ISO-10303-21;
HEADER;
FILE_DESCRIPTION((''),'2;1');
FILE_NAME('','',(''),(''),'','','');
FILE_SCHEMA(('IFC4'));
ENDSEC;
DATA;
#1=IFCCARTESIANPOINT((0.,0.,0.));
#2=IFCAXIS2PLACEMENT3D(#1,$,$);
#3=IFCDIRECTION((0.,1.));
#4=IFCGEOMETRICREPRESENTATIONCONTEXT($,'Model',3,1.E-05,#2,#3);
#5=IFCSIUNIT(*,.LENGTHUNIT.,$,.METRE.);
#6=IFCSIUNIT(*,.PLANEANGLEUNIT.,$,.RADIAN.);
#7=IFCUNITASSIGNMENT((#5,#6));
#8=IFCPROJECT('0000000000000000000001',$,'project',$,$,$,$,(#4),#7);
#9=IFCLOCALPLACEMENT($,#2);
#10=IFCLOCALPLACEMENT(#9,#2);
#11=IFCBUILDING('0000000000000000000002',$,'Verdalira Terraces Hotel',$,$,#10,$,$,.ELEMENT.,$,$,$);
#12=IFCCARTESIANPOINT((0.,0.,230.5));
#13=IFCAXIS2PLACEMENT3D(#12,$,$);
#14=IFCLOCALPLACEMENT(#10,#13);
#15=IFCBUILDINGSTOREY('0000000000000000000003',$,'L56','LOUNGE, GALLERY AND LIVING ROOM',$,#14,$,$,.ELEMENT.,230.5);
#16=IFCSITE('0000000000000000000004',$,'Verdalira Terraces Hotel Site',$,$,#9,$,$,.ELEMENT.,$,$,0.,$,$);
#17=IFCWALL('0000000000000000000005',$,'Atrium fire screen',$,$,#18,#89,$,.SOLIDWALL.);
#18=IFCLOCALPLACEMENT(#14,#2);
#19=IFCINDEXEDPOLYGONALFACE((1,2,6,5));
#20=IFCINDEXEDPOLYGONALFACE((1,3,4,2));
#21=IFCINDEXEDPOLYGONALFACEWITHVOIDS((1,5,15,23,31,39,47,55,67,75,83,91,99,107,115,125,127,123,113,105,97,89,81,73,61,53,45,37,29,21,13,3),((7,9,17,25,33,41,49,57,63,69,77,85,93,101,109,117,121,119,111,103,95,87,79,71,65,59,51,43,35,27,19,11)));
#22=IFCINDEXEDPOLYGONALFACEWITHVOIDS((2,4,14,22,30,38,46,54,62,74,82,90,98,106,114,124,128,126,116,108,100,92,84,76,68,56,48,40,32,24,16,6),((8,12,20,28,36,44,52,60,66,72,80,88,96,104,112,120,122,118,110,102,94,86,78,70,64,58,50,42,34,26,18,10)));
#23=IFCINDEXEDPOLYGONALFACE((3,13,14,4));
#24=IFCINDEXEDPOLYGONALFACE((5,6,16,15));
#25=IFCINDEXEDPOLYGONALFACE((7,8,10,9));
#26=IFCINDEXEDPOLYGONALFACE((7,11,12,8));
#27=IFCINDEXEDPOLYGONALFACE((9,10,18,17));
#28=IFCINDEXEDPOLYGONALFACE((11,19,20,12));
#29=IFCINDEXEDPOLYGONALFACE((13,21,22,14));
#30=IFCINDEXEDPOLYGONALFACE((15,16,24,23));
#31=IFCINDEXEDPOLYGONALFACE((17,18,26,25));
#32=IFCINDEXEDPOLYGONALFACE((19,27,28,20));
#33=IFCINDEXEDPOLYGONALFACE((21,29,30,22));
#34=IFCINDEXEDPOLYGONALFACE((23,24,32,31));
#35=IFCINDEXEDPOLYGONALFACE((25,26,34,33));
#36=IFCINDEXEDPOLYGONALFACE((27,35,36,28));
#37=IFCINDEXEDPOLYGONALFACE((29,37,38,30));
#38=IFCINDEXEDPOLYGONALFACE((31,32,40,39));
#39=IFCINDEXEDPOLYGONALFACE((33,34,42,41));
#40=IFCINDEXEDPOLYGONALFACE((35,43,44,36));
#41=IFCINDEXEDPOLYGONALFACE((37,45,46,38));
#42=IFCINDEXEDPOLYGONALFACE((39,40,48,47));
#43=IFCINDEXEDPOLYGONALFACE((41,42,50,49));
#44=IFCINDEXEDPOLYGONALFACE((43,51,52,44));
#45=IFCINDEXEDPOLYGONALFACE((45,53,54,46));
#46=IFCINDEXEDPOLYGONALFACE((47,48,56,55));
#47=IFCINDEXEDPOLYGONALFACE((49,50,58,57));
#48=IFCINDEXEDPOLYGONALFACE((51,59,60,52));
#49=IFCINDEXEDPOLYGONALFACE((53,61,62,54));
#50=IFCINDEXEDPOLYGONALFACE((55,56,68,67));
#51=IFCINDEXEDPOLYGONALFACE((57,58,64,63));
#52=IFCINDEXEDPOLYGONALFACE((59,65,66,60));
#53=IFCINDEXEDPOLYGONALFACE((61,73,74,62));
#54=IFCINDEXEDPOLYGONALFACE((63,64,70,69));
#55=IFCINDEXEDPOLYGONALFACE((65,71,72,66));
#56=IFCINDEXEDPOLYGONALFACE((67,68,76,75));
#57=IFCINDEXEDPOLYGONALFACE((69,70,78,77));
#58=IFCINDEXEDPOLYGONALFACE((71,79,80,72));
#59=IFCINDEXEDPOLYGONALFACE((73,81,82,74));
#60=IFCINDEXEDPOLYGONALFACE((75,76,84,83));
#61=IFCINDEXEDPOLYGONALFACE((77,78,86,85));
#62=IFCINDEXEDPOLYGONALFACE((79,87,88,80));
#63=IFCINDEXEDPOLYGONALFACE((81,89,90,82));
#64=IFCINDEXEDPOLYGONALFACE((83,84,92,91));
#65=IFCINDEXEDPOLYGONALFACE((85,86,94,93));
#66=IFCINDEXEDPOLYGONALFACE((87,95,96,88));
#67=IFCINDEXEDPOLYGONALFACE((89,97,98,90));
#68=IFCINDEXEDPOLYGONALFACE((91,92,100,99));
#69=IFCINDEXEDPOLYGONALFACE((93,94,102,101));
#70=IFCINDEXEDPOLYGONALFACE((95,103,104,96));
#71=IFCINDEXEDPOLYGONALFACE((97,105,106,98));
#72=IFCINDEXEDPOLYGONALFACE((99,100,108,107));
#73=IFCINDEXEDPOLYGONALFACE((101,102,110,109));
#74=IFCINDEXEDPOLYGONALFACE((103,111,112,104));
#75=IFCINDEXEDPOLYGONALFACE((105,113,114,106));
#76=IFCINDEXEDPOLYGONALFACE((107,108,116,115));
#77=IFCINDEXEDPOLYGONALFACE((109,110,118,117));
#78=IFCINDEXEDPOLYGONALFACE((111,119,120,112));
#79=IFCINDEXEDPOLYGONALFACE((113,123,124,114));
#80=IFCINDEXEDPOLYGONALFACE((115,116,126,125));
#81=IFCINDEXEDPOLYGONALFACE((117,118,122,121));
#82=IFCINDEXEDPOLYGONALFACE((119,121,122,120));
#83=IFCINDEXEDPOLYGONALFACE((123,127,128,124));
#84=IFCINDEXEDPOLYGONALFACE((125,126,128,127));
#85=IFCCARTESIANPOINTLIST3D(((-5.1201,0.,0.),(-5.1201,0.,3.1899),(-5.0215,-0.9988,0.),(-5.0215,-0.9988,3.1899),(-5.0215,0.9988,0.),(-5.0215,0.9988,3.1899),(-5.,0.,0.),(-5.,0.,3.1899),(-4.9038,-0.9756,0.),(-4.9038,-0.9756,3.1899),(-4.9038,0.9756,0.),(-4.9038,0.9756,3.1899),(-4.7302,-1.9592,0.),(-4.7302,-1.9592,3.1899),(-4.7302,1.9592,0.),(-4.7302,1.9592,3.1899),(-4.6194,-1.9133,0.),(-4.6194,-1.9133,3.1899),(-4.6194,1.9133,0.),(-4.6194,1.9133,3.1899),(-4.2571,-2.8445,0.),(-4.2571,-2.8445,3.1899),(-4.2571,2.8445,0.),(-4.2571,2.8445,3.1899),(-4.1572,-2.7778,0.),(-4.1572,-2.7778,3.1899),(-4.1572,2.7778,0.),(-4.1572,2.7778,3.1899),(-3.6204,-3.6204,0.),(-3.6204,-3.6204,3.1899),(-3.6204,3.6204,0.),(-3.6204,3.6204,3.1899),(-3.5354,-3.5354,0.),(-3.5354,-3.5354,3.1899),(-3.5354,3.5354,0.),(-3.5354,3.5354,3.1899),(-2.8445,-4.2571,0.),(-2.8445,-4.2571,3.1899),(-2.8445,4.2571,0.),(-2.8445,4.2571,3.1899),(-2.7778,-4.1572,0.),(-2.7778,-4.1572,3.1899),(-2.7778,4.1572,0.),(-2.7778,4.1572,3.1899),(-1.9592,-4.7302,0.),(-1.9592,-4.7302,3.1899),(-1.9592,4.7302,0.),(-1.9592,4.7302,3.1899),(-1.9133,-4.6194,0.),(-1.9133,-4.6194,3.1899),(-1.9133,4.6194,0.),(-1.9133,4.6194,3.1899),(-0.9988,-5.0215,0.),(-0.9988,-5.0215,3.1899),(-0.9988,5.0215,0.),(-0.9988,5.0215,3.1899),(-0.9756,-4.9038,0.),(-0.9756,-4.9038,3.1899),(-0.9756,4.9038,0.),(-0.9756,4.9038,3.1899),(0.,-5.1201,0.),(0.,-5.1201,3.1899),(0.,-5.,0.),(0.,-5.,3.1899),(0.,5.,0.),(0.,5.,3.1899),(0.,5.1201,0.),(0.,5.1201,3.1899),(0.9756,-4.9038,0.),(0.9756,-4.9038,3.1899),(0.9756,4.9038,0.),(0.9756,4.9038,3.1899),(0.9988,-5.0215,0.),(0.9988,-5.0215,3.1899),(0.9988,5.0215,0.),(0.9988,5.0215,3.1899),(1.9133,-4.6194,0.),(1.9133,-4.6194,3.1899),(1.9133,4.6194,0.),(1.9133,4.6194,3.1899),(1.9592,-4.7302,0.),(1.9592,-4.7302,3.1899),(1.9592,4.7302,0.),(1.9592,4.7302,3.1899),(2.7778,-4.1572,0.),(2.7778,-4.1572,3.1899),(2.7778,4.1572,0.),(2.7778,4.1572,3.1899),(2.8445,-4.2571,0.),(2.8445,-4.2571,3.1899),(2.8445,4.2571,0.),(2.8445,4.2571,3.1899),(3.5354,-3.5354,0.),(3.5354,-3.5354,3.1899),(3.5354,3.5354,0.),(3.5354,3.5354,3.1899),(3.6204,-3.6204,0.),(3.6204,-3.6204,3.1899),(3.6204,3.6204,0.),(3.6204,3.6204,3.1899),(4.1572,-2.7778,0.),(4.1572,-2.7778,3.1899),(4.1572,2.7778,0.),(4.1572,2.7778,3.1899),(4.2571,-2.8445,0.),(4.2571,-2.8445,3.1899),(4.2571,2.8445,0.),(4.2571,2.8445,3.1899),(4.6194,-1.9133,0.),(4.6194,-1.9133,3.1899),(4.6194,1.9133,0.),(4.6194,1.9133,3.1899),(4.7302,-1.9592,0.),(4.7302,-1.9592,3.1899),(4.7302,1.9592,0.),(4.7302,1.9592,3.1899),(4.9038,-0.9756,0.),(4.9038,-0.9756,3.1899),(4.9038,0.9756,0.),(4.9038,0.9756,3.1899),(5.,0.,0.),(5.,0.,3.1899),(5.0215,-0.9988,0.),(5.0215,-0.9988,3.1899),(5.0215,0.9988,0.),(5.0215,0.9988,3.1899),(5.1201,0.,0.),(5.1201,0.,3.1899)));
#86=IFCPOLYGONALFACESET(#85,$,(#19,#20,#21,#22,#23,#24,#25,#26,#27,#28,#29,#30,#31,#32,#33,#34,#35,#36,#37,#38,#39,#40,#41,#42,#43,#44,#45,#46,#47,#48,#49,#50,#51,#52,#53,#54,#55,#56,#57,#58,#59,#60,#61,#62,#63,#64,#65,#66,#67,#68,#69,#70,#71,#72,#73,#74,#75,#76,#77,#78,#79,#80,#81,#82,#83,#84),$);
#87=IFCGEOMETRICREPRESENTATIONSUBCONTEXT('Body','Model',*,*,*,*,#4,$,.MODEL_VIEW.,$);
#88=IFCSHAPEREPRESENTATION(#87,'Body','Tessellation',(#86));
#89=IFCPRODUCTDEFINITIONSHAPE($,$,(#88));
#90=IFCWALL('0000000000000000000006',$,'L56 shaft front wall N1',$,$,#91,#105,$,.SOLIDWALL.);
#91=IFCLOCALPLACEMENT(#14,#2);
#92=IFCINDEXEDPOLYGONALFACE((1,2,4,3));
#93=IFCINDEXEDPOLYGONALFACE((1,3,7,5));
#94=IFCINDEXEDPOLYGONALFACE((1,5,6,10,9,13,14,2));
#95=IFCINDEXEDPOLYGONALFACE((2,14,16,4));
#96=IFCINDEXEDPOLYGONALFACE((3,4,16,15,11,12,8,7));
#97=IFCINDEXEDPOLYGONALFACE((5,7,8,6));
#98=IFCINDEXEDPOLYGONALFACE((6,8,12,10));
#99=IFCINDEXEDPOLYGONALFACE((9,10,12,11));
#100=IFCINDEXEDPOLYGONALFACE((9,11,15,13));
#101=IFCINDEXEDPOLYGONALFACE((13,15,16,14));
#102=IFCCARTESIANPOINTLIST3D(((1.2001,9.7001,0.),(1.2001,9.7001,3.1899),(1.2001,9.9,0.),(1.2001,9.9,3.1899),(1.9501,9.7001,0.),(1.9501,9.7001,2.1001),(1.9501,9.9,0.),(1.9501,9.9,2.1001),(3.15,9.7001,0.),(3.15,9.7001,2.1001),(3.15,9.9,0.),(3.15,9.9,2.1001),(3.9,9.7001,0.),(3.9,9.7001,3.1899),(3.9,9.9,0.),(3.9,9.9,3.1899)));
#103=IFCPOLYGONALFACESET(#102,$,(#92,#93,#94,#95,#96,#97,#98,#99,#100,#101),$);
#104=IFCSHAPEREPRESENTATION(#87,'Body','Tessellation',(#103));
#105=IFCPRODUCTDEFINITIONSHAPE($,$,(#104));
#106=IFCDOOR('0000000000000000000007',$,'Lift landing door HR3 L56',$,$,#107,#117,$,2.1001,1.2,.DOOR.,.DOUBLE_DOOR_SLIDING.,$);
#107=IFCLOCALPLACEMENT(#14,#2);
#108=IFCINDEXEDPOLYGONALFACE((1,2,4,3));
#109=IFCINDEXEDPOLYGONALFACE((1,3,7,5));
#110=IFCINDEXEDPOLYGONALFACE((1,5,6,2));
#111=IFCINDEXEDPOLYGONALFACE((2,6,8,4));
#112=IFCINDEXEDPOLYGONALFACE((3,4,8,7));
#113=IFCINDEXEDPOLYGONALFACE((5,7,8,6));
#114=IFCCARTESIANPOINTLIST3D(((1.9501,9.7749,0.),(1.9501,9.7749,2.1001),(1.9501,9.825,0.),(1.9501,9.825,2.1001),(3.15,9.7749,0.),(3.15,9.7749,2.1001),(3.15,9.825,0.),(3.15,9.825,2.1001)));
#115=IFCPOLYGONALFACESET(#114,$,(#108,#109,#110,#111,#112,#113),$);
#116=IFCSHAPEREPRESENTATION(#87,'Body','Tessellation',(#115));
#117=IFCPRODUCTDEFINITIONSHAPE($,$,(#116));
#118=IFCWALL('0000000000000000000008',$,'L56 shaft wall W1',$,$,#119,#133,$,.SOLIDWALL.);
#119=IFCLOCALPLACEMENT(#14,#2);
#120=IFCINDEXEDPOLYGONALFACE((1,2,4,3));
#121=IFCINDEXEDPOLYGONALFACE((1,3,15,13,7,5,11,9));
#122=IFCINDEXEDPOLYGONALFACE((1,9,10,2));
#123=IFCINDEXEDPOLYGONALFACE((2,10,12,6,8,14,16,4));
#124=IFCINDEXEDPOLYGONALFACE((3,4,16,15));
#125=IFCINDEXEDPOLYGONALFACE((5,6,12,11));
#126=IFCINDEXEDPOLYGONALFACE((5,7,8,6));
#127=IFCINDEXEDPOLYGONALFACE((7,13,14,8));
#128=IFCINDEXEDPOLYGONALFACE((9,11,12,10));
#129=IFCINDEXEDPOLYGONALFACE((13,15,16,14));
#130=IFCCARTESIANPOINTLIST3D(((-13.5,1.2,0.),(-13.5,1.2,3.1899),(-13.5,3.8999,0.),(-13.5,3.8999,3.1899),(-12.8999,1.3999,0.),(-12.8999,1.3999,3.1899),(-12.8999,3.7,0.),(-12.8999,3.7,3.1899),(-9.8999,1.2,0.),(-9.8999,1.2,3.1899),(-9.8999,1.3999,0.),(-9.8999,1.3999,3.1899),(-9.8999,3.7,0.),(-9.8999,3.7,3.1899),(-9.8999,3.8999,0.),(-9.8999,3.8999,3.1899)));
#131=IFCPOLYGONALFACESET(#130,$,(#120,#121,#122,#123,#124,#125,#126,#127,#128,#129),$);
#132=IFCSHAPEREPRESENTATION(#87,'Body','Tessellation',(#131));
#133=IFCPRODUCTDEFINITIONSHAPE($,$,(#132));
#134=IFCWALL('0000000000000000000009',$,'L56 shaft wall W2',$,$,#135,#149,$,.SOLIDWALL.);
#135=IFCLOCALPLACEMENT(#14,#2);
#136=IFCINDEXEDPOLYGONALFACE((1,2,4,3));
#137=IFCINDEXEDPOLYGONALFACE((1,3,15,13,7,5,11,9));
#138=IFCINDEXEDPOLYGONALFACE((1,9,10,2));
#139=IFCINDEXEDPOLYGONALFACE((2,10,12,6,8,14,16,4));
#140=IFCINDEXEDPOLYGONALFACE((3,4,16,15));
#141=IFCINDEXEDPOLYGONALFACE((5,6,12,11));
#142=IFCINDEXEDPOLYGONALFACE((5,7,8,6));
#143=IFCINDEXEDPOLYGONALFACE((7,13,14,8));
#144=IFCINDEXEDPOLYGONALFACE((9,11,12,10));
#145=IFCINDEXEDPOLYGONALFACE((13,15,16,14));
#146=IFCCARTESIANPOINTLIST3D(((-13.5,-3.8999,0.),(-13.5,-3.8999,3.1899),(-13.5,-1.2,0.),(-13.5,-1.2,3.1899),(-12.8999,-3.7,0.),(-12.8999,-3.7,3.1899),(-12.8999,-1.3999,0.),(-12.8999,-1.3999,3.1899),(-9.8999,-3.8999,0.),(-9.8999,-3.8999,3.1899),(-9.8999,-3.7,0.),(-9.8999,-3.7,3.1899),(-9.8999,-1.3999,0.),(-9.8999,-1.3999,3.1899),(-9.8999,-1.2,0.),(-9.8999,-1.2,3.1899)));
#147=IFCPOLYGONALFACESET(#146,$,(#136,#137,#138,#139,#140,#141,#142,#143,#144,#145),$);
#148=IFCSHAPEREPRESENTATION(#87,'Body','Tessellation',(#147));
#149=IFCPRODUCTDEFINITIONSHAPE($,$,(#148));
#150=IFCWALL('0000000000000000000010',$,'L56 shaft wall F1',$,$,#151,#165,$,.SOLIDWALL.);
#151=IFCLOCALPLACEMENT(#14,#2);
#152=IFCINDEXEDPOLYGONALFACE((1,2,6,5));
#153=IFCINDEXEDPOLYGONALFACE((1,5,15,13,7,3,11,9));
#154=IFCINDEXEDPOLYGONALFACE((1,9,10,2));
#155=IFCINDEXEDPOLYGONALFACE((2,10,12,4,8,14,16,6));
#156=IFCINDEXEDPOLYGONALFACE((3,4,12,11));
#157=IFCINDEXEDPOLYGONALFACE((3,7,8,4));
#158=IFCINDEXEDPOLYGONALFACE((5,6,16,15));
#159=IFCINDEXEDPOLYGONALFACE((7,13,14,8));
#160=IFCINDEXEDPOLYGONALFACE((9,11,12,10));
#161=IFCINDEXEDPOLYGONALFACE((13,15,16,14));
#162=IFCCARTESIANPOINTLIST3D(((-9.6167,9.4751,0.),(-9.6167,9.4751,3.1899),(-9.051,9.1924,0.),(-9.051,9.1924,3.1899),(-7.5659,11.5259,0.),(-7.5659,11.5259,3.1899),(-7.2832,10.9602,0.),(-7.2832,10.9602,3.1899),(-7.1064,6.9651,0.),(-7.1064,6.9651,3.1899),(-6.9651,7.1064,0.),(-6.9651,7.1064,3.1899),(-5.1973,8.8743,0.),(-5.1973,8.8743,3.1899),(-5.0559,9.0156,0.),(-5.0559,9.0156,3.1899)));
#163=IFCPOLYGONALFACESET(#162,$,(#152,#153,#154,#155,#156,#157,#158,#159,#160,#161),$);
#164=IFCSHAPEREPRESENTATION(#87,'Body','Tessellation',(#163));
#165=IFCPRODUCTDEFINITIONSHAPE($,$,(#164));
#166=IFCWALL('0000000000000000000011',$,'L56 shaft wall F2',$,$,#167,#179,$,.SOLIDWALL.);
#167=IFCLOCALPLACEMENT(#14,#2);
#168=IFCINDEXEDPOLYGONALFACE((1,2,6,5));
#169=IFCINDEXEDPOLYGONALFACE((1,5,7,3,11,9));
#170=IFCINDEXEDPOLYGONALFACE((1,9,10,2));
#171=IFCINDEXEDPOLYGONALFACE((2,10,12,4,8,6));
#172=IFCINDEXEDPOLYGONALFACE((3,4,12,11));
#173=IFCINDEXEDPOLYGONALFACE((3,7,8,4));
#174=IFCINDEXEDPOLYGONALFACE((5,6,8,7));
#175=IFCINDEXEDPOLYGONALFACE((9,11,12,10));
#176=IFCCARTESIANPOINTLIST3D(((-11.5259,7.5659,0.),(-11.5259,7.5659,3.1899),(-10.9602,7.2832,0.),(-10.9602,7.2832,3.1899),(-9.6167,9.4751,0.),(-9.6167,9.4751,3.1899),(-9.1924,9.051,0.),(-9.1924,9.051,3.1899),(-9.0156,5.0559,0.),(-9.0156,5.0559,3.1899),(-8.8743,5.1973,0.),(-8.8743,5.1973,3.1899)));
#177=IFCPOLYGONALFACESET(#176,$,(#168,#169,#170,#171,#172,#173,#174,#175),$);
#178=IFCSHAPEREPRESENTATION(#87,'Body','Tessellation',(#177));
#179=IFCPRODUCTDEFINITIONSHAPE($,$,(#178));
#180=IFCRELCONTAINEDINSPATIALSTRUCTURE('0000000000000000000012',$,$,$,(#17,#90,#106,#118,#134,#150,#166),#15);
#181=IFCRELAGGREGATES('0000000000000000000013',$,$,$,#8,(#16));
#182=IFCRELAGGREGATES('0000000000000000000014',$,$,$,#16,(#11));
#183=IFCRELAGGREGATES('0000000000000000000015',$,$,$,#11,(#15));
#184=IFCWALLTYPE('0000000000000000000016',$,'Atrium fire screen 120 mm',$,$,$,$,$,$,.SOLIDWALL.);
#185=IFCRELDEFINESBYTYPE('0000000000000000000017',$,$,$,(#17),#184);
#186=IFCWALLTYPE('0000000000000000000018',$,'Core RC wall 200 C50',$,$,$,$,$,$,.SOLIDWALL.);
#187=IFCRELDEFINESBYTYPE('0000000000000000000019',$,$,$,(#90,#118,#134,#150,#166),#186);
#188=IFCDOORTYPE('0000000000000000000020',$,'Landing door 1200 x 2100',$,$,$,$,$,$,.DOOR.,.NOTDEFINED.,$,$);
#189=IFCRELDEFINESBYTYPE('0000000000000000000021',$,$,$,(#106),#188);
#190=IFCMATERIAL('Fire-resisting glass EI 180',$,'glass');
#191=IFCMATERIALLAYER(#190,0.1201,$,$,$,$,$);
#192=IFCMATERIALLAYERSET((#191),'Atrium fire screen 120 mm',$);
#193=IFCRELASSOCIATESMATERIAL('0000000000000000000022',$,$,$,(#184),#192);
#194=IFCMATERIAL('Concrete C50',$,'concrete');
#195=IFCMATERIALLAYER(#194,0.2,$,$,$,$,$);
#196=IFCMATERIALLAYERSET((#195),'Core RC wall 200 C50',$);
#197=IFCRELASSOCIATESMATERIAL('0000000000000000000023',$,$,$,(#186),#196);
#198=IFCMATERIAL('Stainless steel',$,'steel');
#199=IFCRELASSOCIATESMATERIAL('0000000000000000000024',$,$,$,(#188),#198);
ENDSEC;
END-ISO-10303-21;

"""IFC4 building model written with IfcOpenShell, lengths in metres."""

from ifc_helpers import new_model, si_unit, direction, frame, frame_2d, origin, place, context, subcontext, project, spatial, polyline, rectangle, outline, extrude, material, layer, layer_set, type_object, element, fill, save


model = new_model("IFC4")

# Units and contexts
model_context = context("Model", 3, precision=1e-05, world=origin(), true_north=direction((0.0, 1.0)))
body_context = subcontext(model_context, "Body", "Model", "MODEL_VIEW")
ifc_project = project(units=[si_unit("LENGTHUNIT", "METRE"), si_unit("PLANEANGLEUNIT", "RADIAN")], contexts=[model_context])

# Site, building, storey
site_placement = place(None, origin())
site = spatial("IfcSite", under=ifc_project, at=site_placement, Name="Verdalira Terraces Hotel Site", CompositionType="ELEMENT", RefElevation=0.0)
building_placement = place(site_placement, origin())
building = spatial("IfcBuilding", under=site, at=building_placement, Name="Verdalira Terraces Hotel", CompositionType="ELEMENT")
storey_placement = place(building_placement, frame((0.0, 0.0, 230.5)))
storey = spatial("IfcBuildingStorey", under=building, at=storey_placement, Name="L56", Description="LOUNGE, GALLERY AND LIVING ROOM", CompositionType="ELEMENT", Elevation=230.5)

# Wall
ifc_material_1 = material(Name="Fire-resisting glass EI 180", Category="glass")
ifc_layer_1 = layer(ifc_material_1, 0.1201)
ifc_layer_set_1 = layer_set([ifc_layer_1], Name="Atrium fire screen 120 mm")
wall_type_1 = type_object("IfcWallType", Name="Atrium fire screen 120 mm", PredefinedType="SOLIDWALL", material=ifc_layer_set_1)
wall_1_placement = place(storey_placement, origin())
element("IfcWall", 1, at=wall_1_placement, inside=storey, type_object=wall_type_1, Name="Atrium fire screen", PredefinedType="SOLIDWALL", context=body_context, shape_type="SweptSolid", body=[
    extrude(outline(polyline([(5.0215, -0.9988), (4.7302, -1.9592), (4.2571, -2.8445), (3.6204, -3.6204), (2.8445, -4.2571), (1.9592, -4.7302), (0.9988, -5.0215), (0.0, -5.1201), (-0.9988, -5.0215), (-1.9592, -4.7302), (-2.8445, -4.2571), (-3.6204, -3.6204), (-4.2571, -2.8445), (-4.7302, -1.9592), (-5.0215, -0.9988), (-5.1201, 0.0), (-5.0215, 0.9988), (-4.7302, 1.9592), (-4.2571, 2.8445), (-3.6204, 3.6204), (-2.8445, 4.2571), (-1.9592, 4.7302), (-0.9988, 5.0215), (0.0, 5.1201), (0.9988, 5.0215), (1.9592, 4.7302), (2.8445, 4.2571), (3.6204, 3.6204), (4.2571, 2.8445), (4.7302, 1.9592), (5.0215, 0.9988), (5.1201, 0.0), (5.0215, -0.9988)]), holes=[polyline([(4.9038, 0.9756), (4.6194, 1.9133), (4.1572, 2.7778), (3.5354, 3.5354), (2.7778, 4.1572), (1.9133, 4.6194), (0.9756, 4.9038), (0.0, 5.0), (-0.9756, 4.9038), (-1.9133, 4.6194), (-2.7778, 4.1572), (-3.5354, 3.5354), (-4.1572, 2.7778), (-4.6194, 1.9133), (-4.9038, 0.9756), (-5.0, 0.0), (-4.9038, -0.9756), (-4.6194, -1.9133), (-4.1572, -2.7778), (-3.5354, -3.5354), (-2.7778, -4.1572), (-1.9133, -4.6194), (-0.9756, -4.9038), (0.0, -5.0), (0.9756, -4.9038), (1.9133, -4.6194), (2.7778, -4.1572), (3.5354, -3.5354), (4.1572, -2.7778), (4.6194, -1.9133), (4.9038, -0.9756), (5.0, 0.0), (4.9038, 0.9756)])]), origin(), (0.0, 0.0, 1.0), 3.1899),
])

# Wall, opening, door
ifc_material_2 = material(Name="Concrete C50", Category="concrete")
ifc_layer_2 = layer(ifc_material_2, 0.2)
ifc_layer_set_2 = layer_set([ifc_layer_2], Name="Core RC wall 200 C50")
wall_type_2 = type_object("IfcWallType", Name="Core RC wall 200 C50", PredefinedType="SOLIDWALL", material=ifc_layer_set_2)
wall_2_placement = place(storey_placement, frame((1.2, 9.8, 0.0), z_axis=(0.0, 0.0, 1.0), x_axis=(1.0, 0.0, 0.0)))
wall_2 = element("IfcWall", 2, at=wall_2_placement, inside=storey, type_object=wall_type_2, Name="L56 shaft front wall N1", PredefinedType="SOLIDWALL", context=body_context, shape_type="SweptSolid", body=[
    extrude(rectangle(XDim=2.7, YDim=0.2, at=frame_2d((1.3501, 0.0))), origin(), (0.0, 0.0, 1.0), 3.1899),
])
opening_1_placement = place(wall_2_placement, frame((0.75, 0.0, 0.0)))
opening_1 = element("IfcOpeningElement", 3, at=opening_1_placement, cuts=wall_2, PredefinedType="OPENING", context=body_context, shape_type="SweptSolid", body=[
    extrude(rectangle(XDim=1.2, YDim=2.1001, at=frame_2d((0.6001, 1.05))), frame((0.0, 0.1099, 0.0), z_axis=(0.0, -1.0, 0.0), x_axis=(1.0, 0.0, 0.0)), (0.0, 0.0, 1.0), 0.22),
])
ifc_material_3 = material(Name="Stainless steel", Category="steel")
door_type_1 = type_object("IfcDoorType", Name="Landing door 1200 x 2100", OperationType="NOTDEFINED", PredefinedType="DOOR", material=ifc_material_3)
door_1_placement = place(opening_1_placement, origin())
door_1 = element("IfcDoor", 4, at=door_1_placement, inside=storey, type_object=door_type_1, Name="Lift landing door HR3 L56", OperationType="DOUBLE_DOOR_SLIDING", OverallHeight=2.1001, OverallWidth=1.2, PredefinedType="DOOR", context=body_context, shape_type="SweptSolid", body=[
    extrude(rectangle(XDim=1.2, YDim=2.1001, at=frame_2d((0.6001, 1.05))), frame((0.0, 0.0249, 0.0), z_axis=(0.0, -1.0, 0.0), x_axis=(1.0, 0.0, 0.0)), (0.0, 0.0, 1.0), 0.05),
])
fill(opening_1, door_1)

# Walls
wall_3_placement = place(storey_placement, origin())
element("IfcWall", 5, at=wall_3_placement, inside=storey, type_object=wall_type_2, Name="L56 shaft wall W1", PredefinedType="SOLIDWALL", context=body_context, shape_type="SweptSolid", body=[
    extrude(outline(polyline([(-13.5, 3.8999), (-9.8999, 3.8999), (-9.8999, 3.7), (-12.8999, 3.7), (-12.8999, 1.3999), (-9.8999, 1.3999), (-9.8999, 1.2), (-13.5, 1.2), (-13.5, 3.8999)])), origin(), (0.0, 0.0, 1.0), 3.1899),
])
wall_4_placement = place(storey_placement, origin())
element("IfcWall", 6, at=wall_4_placement, inside=storey, type_object=wall_type_2, Name="L56 shaft wall W2", PredefinedType="SOLIDWALL", context=body_context, shape_type="SweptSolid", body=[
    extrude(outline(polyline([(-13.5, -3.8999), (-13.5, -1.2), (-9.8999, -1.2), (-9.8999, -1.3999), (-12.8999, -1.3999), (-12.8999, -3.7), (-9.8999, -3.7), (-9.8999, -3.8999), (-13.5, -3.8999)])), origin(), (0.0, 0.0, 1.0), 3.1899),
])
wall_5_placement = place(storey_placement, origin())
element("IfcWall", 7, at=wall_5_placement, inside=storey, type_object=wall_type_2, Name="L56 shaft wall F1", PredefinedType="SOLIDWALL", context=body_context, shape_type="SweptSolid", body=[
    extrude(outline(polyline([(-9.6167, 9.4751), (-7.5659, 11.5259), (-5.0559, 9.0156), (-5.1973, 8.8743), (-7.2832, 10.9602), (-9.051, 9.1924), (-6.9651, 7.1064), (-7.1064, 6.9651), (-9.6167, 9.4751)])), origin(), (0.0, 0.0, 1.0), 3.1899),
])
wall_6_placement = place(storey_placement, origin())
element("IfcWall", 8, at=wall_6_placement, inside=storey, type_object=wall_type_2, Name="L56 shaft wall F2", PredefinedType="SOLIDWALL", context=body_context, shape_type="SweptSolid", body=[
    extrude(outline(polyline([(-11.5259, 7.5659), (-9.6167, 9.4751), (-9.1924, 9.051), (-10.9602, 7.2832), (-8.8743, 5.1973), (-9.0156, 5.0559), (-11.5259, 7.5659)])), origin(), (0.0, 0.0, 1.0), 3.1899),
])

save(model, "model.ifc")
